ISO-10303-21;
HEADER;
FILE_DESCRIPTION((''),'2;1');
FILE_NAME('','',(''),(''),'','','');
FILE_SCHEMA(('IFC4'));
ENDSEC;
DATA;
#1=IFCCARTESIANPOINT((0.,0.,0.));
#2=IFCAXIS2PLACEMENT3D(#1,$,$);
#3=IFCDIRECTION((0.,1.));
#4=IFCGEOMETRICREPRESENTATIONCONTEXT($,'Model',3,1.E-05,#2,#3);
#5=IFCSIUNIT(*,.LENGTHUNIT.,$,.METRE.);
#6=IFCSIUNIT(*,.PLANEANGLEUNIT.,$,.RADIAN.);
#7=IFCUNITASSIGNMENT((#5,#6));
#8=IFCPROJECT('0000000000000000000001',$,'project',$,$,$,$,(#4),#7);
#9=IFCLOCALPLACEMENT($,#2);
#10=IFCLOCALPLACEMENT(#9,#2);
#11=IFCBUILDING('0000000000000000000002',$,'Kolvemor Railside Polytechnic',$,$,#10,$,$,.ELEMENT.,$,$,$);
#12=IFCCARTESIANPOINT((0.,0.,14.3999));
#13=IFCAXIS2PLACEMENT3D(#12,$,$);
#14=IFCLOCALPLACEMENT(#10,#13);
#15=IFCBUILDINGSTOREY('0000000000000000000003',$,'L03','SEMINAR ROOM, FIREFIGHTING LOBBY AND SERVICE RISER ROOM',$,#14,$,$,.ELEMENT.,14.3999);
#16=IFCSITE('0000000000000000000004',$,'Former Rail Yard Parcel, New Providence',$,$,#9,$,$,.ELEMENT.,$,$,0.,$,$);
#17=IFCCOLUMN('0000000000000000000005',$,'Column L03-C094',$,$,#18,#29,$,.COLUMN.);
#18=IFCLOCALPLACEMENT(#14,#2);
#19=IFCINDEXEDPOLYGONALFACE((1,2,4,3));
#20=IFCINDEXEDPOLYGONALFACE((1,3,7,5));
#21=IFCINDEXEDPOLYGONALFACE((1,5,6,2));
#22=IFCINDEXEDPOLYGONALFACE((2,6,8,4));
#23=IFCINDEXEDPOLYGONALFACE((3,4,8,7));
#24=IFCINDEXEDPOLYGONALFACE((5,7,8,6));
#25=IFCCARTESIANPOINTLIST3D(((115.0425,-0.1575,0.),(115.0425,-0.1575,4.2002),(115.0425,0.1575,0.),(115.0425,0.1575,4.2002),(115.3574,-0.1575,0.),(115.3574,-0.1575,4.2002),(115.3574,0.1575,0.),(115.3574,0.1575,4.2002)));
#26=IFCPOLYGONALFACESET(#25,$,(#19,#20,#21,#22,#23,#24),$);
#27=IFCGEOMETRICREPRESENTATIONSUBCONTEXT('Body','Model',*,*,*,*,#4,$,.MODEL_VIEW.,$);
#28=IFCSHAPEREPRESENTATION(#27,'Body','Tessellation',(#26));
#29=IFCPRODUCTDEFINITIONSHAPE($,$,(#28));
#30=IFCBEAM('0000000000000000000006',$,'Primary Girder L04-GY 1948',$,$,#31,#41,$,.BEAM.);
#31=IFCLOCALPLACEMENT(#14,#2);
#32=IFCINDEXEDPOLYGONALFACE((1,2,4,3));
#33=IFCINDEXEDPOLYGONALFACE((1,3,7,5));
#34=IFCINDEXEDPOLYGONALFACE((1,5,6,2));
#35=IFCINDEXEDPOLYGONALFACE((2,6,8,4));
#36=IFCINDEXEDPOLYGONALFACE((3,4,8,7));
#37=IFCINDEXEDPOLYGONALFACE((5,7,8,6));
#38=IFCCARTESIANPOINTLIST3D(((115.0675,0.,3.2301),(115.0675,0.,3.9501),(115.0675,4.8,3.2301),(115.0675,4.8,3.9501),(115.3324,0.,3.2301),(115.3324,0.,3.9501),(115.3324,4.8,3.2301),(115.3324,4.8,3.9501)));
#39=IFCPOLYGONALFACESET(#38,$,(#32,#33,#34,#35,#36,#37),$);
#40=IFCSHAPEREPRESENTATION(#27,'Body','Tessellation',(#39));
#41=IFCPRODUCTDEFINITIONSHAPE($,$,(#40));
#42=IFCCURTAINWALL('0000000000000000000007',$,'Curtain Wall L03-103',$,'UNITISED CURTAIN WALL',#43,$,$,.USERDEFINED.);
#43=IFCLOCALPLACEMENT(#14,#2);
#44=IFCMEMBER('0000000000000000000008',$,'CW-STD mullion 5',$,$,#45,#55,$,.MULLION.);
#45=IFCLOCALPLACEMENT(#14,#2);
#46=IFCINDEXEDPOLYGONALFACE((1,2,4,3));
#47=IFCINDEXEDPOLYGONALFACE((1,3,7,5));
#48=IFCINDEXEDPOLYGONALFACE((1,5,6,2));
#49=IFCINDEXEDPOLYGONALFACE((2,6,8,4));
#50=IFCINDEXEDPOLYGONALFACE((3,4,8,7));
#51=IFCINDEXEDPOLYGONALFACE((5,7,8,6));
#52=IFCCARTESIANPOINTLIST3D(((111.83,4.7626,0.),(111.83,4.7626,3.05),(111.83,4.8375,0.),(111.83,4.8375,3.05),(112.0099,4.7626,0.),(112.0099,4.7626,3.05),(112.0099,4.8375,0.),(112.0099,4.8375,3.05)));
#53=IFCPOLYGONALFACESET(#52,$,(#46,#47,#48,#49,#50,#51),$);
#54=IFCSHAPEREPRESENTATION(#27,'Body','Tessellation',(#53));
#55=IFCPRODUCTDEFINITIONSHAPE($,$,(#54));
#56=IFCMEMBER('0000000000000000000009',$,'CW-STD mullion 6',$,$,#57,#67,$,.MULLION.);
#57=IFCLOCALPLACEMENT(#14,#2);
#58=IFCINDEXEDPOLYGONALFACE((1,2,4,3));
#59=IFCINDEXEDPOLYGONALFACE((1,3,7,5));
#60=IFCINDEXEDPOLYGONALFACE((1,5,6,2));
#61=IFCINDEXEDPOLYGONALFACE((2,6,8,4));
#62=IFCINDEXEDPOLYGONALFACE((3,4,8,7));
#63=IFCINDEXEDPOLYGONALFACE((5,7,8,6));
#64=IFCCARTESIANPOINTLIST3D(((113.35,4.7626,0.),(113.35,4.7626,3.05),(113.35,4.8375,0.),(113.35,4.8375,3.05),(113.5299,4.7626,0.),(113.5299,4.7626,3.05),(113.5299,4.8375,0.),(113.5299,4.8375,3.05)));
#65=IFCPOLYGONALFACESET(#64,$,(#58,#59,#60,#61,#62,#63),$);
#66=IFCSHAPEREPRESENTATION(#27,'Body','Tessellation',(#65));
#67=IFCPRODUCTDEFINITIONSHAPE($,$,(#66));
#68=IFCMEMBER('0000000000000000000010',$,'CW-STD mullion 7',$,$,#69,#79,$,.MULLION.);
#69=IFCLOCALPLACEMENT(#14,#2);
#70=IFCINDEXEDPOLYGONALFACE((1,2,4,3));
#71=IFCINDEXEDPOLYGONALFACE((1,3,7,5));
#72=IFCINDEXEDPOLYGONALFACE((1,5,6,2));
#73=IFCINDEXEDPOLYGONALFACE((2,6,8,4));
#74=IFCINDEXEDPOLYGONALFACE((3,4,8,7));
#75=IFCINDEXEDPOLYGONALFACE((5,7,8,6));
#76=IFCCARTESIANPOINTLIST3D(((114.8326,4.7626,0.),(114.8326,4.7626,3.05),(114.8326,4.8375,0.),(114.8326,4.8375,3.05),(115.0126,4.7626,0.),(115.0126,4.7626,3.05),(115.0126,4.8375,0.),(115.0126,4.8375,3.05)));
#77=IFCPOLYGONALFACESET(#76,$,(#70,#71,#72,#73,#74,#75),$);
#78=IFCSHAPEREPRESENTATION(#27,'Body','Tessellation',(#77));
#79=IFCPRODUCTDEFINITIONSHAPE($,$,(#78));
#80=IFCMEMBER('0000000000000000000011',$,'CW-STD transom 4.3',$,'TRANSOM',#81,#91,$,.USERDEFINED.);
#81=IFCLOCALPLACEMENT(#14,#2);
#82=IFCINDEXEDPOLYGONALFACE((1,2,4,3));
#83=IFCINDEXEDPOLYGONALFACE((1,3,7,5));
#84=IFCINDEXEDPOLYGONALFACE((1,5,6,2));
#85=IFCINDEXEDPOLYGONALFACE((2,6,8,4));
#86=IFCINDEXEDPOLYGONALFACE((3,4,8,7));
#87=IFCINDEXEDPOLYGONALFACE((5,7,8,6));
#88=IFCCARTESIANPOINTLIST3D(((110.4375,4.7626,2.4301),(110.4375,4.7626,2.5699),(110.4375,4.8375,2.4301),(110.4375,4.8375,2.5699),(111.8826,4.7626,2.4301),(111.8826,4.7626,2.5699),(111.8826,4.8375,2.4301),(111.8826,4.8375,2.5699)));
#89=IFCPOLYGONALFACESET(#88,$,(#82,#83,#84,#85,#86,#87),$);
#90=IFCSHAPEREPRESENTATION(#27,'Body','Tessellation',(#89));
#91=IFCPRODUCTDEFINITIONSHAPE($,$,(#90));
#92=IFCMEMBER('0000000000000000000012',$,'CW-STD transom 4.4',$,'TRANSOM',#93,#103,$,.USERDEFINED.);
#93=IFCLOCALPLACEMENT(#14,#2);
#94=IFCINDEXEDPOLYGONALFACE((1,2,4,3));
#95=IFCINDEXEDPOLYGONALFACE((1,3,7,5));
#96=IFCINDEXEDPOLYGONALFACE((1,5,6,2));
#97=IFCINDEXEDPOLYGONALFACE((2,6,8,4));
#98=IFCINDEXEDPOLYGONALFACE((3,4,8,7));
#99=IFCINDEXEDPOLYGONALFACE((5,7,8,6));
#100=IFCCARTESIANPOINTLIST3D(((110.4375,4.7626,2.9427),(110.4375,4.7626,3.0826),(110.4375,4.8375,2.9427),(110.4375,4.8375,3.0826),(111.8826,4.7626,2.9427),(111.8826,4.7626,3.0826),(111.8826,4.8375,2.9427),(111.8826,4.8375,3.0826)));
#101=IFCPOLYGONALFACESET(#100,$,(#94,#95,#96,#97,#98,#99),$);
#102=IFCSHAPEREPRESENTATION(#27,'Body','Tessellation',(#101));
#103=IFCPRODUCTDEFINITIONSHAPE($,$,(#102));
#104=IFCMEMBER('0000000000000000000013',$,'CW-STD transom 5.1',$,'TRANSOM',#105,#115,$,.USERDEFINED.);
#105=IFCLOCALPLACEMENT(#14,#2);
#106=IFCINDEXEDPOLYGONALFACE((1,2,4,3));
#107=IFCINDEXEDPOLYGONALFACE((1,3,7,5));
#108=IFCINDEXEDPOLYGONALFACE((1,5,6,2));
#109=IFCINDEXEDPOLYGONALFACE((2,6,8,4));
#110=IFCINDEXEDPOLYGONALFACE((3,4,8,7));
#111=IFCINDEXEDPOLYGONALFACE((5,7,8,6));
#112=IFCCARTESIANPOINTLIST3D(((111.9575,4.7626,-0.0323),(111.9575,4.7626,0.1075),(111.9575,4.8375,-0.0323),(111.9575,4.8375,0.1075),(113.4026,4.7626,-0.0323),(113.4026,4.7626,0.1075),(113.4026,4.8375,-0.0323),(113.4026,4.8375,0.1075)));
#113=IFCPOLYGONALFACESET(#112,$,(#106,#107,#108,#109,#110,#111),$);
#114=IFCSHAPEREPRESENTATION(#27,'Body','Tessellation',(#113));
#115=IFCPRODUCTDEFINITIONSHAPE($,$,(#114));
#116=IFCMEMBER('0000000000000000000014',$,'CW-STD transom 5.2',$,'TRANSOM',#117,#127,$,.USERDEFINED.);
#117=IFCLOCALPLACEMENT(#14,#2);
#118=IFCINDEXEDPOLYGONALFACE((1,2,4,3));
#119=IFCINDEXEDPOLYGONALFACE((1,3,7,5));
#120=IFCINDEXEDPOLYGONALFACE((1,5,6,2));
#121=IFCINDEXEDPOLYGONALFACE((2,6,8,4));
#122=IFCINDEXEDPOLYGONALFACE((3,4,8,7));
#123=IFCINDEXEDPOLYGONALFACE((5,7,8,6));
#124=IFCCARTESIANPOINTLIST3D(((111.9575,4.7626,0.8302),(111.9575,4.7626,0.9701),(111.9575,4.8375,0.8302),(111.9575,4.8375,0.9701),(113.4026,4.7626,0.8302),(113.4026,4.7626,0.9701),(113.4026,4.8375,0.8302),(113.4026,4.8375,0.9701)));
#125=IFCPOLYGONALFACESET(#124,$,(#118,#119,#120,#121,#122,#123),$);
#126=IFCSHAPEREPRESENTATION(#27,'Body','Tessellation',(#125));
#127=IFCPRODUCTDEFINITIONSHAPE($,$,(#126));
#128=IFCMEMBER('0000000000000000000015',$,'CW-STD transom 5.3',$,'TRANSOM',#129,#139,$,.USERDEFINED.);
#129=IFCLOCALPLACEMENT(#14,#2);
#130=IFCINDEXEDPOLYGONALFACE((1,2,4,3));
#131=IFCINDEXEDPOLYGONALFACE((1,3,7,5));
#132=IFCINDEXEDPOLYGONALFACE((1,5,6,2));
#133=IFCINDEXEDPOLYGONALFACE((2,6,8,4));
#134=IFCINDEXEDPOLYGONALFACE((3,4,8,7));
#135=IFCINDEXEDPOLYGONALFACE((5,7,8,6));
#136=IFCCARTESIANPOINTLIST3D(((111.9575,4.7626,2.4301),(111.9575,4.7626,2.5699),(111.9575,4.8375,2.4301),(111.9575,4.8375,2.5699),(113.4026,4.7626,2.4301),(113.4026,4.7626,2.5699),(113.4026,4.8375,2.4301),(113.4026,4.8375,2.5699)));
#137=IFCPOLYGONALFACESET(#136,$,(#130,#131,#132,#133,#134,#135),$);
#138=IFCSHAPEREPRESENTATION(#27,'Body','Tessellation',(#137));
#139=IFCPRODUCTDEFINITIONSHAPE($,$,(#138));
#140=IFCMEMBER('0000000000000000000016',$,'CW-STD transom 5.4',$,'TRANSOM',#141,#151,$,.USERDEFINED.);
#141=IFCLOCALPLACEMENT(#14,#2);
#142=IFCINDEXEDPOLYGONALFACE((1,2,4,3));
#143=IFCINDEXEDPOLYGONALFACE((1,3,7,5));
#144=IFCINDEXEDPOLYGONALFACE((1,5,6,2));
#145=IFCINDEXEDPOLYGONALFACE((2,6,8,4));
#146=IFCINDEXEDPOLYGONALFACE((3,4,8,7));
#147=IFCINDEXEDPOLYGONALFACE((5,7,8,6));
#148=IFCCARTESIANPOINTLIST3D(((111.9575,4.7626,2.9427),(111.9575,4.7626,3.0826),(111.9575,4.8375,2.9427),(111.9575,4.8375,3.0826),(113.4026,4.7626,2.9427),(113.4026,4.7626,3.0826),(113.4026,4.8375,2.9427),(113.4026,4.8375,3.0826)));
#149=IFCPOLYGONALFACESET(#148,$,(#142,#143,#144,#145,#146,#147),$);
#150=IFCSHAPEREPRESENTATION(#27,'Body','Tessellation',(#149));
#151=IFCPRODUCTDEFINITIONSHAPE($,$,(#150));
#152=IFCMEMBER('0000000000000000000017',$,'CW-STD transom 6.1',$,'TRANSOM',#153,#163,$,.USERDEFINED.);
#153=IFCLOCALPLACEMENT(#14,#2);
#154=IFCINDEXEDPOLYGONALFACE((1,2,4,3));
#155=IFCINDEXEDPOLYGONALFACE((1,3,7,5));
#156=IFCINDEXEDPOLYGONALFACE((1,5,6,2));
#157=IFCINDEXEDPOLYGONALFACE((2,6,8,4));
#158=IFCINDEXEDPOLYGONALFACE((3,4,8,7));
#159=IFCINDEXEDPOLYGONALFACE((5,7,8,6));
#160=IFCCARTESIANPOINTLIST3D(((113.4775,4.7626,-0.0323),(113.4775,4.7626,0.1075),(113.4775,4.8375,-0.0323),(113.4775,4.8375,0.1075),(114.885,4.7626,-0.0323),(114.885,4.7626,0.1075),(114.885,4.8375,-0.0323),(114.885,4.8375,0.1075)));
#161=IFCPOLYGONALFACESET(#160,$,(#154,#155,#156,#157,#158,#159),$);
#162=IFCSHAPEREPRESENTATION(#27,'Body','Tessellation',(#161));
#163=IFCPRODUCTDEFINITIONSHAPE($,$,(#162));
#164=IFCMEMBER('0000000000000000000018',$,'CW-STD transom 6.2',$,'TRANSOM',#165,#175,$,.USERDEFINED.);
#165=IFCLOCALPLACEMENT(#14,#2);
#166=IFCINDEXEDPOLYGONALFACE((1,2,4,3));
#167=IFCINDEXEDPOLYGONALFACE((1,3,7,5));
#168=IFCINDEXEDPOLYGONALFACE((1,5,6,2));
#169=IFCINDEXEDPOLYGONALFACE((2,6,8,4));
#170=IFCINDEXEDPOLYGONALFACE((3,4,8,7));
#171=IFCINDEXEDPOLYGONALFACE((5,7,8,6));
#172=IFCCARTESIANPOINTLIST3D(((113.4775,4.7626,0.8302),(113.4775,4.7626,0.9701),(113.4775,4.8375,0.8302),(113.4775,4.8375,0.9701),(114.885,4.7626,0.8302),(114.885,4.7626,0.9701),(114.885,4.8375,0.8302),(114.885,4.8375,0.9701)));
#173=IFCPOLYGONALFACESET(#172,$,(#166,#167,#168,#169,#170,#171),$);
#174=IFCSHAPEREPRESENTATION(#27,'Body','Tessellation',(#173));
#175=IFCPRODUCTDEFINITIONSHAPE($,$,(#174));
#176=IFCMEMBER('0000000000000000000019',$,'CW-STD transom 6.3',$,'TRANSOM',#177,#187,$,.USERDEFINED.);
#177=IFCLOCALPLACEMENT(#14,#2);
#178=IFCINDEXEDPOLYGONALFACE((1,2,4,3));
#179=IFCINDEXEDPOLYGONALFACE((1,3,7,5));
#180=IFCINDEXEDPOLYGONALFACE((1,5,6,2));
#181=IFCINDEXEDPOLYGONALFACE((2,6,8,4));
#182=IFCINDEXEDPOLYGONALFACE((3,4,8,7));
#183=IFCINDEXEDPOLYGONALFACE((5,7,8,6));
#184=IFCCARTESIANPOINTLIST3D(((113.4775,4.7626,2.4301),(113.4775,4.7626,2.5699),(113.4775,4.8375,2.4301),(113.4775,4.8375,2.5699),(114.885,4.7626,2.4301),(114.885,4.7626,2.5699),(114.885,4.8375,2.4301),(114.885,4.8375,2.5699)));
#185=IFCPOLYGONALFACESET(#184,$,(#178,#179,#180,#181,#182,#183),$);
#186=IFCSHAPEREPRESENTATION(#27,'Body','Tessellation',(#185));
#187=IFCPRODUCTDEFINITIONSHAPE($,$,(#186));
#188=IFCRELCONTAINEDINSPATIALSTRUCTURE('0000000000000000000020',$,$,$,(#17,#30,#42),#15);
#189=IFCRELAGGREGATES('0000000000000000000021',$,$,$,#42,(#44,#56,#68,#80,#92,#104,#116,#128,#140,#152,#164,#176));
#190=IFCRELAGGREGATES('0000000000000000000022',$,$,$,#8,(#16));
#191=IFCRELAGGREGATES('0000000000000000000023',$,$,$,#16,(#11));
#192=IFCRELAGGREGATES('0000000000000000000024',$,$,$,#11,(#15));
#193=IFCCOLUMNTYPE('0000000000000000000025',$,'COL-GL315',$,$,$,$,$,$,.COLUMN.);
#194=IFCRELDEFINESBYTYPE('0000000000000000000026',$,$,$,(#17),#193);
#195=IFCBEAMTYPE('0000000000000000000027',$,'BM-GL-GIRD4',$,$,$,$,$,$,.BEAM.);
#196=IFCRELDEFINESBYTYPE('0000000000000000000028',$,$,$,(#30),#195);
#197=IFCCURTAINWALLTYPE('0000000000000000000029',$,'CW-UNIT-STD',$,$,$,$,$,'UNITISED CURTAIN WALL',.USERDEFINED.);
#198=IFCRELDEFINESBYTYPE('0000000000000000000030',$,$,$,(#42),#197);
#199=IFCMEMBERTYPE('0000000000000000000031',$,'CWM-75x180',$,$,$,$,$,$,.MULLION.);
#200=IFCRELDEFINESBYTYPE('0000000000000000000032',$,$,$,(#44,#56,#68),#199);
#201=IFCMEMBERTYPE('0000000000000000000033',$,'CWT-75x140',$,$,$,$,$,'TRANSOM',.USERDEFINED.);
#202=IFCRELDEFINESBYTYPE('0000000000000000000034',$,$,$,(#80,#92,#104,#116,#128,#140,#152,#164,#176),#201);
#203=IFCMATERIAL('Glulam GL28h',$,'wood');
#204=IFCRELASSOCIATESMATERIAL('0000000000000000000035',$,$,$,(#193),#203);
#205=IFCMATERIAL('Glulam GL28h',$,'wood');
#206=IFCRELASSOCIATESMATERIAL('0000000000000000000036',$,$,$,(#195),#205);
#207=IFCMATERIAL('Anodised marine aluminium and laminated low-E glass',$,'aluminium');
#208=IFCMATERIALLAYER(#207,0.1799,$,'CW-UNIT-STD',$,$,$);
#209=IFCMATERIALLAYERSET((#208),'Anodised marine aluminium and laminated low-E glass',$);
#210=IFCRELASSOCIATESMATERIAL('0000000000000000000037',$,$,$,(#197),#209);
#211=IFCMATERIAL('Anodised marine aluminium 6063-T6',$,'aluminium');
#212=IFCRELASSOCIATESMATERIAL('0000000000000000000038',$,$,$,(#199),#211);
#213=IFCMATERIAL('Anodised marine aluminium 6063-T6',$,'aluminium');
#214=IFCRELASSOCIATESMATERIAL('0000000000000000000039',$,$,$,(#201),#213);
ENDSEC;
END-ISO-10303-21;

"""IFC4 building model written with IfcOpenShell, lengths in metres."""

from ifc_helpers import new_model, si_unit, direction, frame, origin, origin_2d, place, context, subcontext, project, spatial, rectangle, extrude, material, layer, layer_set, material_profile, profile_set, type_object, element, aggregate, save


model = new_model("IFC4")

# Units and contexts
model_context = context("Model", 3, precision=1e-05, world=origin(), true_north=direction((0.0, 1.0)))
body_context = subcontext(model_context, "Body", "Model", "MODEL_VIEW")
ifc_project = project(units=[si_unit("LENGTHUNIT", "METRE"), si_unit("PLANEANGLEUNIT", "RADIAN")], contexts=[model_context])

# Site, building, storey
site_placement = place(None, origin())
site = spatial("IfcSite", under=ifc_project, at=site_placement, Name="Former Rail Yard Parcel, New Providence", CompositionType="ELEMENT", RefElevation=0.0)
building_placement = place(site_placement, origin())
building = spatial("IfcBuilding", under=site, at=building_placement, Name="Kolvemor Railside Polytechnic", CompositionType="ELEMENT")
storey_placement = place(building_placement, frame((0.0, 0.0, 14.3999)))
storey = spatial("IfcBuildingStorey", under=building, at=storey_placement, Name="L03", Description="SEMINAR ROOM, FIREFIGHTING LOBBY AND SERVICE RISER ROOM", CompositionType="ELEMENT", Elevation=14.3999)

# Column
ifc_material_1 = material(Name="Glulam GL28h", Category="wood")
ifc_material_profile_1 = material_profile(ifc_material_1, rectangle(XDim=0.3149, YDim=0.3149, at=origin_2d()), Name="GL315x315")
ifc_profile_set_1 = profile_set([ifc_material_profile_1], Name="Glulam GL28h")
column_type = type_object("IfcColumnType", Name="COL-GL315", PredefinedType="COLUMN", material=ifc_profile_set_1)
column_placement = place(storey_placement, frame((115.2, 0.0, 0.0), z_axis=(0.0, 0.0, 1.0), x_axis=(1.0, 0.0, 0.0)))
element("IfcColumn", 1, at=column_placement, inside=storey, type_object=column_type, Name="Column L03-C094", PredefinedType="COLUMN", context=body_context, shape_type="SweptSolid", body=[
    extrude(rectangle(XDim=0.3149, YDim=0.3149, at=origin_2d()), origin(), (0.0, 0.0, 1.0), 4.2002),
])

# Beam
ifc_material_2 = material(Name="Glulam GL28h", Category="wood")
ifc_material_profile_2 = material_profile(ifc_material_2, rectangle(XDim=0.2649, YDim=0.72, at=origin_2d()), Name="GL265x720")
ifc_profile_set_2 = profile_set([ifc_material_profile_2], Name="Glulam GL28h")
beam_type = type_object("IfcBeamType", Name="BM-GL-GIRD4", PredefinedType="BEAM", material=ifc_profile_set_2)
beam_placement = place(storey_placement, frame((115.2, 0.0, 3.5901), z_axis=(0.0, 1.0, 0.0), x_axis=(-1.0, 0.0, 0.0)))
element("IfcBeam", 2, at=beam_placement, inside=storey, type_object=beam_type, Name="Primary Girder L04-GY 1948", PredefinedType="BEAM", context=body_context, shape_type="SweptSolid", body=[
    extrude(rectangle(XDim=0.2649, YDim=0.72, at=origin_2d()), origin(), (0.0, 0.0, 1.0), 4.8),
])

# Curtain wall, members
ifc_material_3 = material(Name="Anodised marine aluminium and laminated low-E glass", Category="aluminium")
ifc_layer_1 = layer(ifc_material_3, 0.1799, Name="CW-UNIT-STD")
ifc_layer_set_1 = layer_set([ifc_layer_1], Name="Anodised marine aluminium and laminated low-E glass")
curtain_wall_type = type_object("IfcCurtainWallType", Name="CW-UNIT-STD", ElementType="UNITISED CURTAIN WALL", PredefinedType="USERDEFINED", material=ifc_layer_set_1)
curtain_wall_placement = place(storey_placement, origin())
curtain_wall = element("IfcCurtainWall", 3, at=curtain_wall_placement, inside=storey, type_object=curtain_wall_type, Name="Curtain Wall L03-103", ObjectType="UNITISED CURTAIN WALL", PredefinedType="USERDEFINED")
ifc_material_4 = material(Name="Anodised marine aluminium 6063-T6", Category="aluminium")
ifc_material_profile_3 = material_profile(ifc_material_4, rectangle(XDim=0.075, YDim=0.1799, at=origin_2d()), Name="CW-MUL-75x180")
ifc_profile_set_3 = profile_set([ifc_material_profile_3], Name="Anodised marine aluminium 6063-T6")
member_type_1 = type_object("IfcMemberType", Name="CWM-75x180", PredefinedType="MULLION", material=ifc_profile_set_3)
member_1_placement = place(storey_placement, frame((111.9199, 4.8, 0.0), z_axis=(0.0, 0.0, 1.0), x_axis=(0.0, 1.0, 0.0)))
member_1 = element("IfcMember", 4, at=member_1_placement, type_object=member_type_1, Name="CW-STD mullion 5", PredefinedType="MULLION", context=body_context, shape_type="SweptSolid", body=[
    extrude(rectangle(XDim=0.075, YDim=0.1799, at=origin_2d()), origin(), (0.0, 0.0, 1.0), 3.05),
])
member_2_placement = place(storey_placement, frame((113.4399, 4.8, 0.0), z_axis=(0.0, 0.0, 1.0), x_axis=(0.0, 1.0, 0.0)))
member_2 = element("IfcMember", 5, at=member_2_placement, type_object=member_type_1, Name="CW-STD mullion 6", PredefinedType="MULLION", context=body_context, shape_type="SweptSolid", body=[
    extrude(rectangle(XDim=0.075, YDim=0.1799, at=origin_2d()), origin(), (0.0, 0.0, 1.0), 3.05),
])
member_3_placement = place(storey_placement, frame((114.9226, 4.8, 0.0), z_axis=(0.0, 0.0, 1.0), x_axis=(0.0, 1.0, 0.0)))
member_3 = element("IfcMember", 6, at=member_3_placement, type_object=member_type_1, Name="CW-STD mullion 7", PredefinedType="MULLION", context=body_context, shape_type="SweptSolid", body=[
    extrude(rectangle(XDim=0.075, YDim=0.1799, at=origin_2d()), origin(), (0.0, 0.0, 1.0), 3.05),
])
ifc_material_5 = material(Name="Anodised marine aluminium 6063-T6", Category="aluminium")
ifc_material_profile_4 = material_profile(ifc_material_5, rectangle(XDim=0.075, YDim=0.1399, at=origin_2d()), Name="CW-TRN-75x140")
ifc_profile_set_4 = profile_set([ifc_material_profile_4], Name="Anodised marine aluminium 6063-T6")
member_type_2 = type_object("IfcMemberType", Name="CWT-75x140", ElementType="TRANSOM", PredefinedType="USERDEFINED", material=ifc_profile_set_4)
member_4_placement = place(storey_placement, frame((110.4375, 4.8, 2.5), z_axis=(1.0, 0.0, 0.0), x_axis=(0.0, 1.0, 0.0)))
member_4 = element("IfcMember", 7, at=member_4_placement, type_object=member_type_2, Name="CW-STD transom 4.3", ObjectType="TRANSOM", PredefinedType="USERDEFINED", context=body_context, shape_type="SweptSolid", body=[
    extrude(rectangle(XDim=0.075, YDim=0.1399, at=origin_2d()), origin(), (0.0, 0.0, 1.0), 1.4451),
])
member_5_placement = place(storey_placement, frame((110.4375, 4.8, 3.0127), z_axis=(1.0, 0.0, 0.0), x_axis=(0.0, 1.0, 0.0)))
member_5 = element("IfcMember", 8, at=member_5_placement, type_object=member_type_2, Name="CW-STD transom 4.4", ObjectType="TRANSOM", PredefinedType="USERDEFINED", context=body_context, shape_type="SweptSolid", body=[
    extrude(rectangle(XDim=0.075, YDim=0.1399, at=origin_2d()), origin(), (0.0, 0.0, 1.0), 1.4451),
])
member_6_placement = place(storey_placement, frame((111.9575, 4.8, 0.0376), z_axis=(1.0, 0.0, 0.0), x_axis=(0.0, 1.0, 0.0)))
member_6 = element("IfcMember", 9, at=member_6_placement, type_object=member_type_2, Name="CW-STD transom 5.1", ObjectType="TRANSOM", PredefinedType="USERDEFINED", context=body_context, shape_type="SweptSolid", body=[
    extrude(rectangle(XDim=0.075, YDim=0.1399, at=origin_2d()), origin(), (0.0, 0.0, 1.0), 1.4451),
])
member_7_placement = place(storey_placement, frame((111.9575, 4.8, 0.9001), z_axis=(1.0, 0.0, 0.0), x_axis=(0.0, 1.0, 0.0)))
member_7 = element("IfcMember", 10, at=member_7_placement, type_object=member_type_2, Name="CW-STD transom 5.2", ObjectType="TRANSOM", PredefinedType="USERDEFINED", context=body_context, shape_type="SweptSolid", body=[
    extrude(rectangle(XDim=0.075, YDim=0.1399, at=origin_2d()), origin(), (0.0, 0.0, 1.0), 1.4451),
])
member_8_placement = place(storey_placement, frame((111.9575, 4.8, 2.5), z_axis=(1.0, 0.0, 0.0), x_axis=(0.0, 1.0, 0.0)))
member_8 = element("IfcMember", 11, at=member_8_placement, type_object=member_type_2, Name="CW-STD transom 5.3", ObjectType="TRANSOM", PredefinedType="USERDEFINED", context=body_context, shape_type="SweptSolid", body=[
    extrude(rectangle(XDim=0.075, YDim=0.1399, at=origin_2d()), origin(), (0.0, 0.0, 1.0), 1.4451),
])
member_9_placement = place(storey_placement, frame((111.9575, 4.8, 3.0127), z_axis=(1.0, 0.0, 0.0), x_axis=(0.0, 1.0, 0.0)))
member_9 = element("IfcMember", 12, at=member_9_placement, type_object=member_type_2, Name="CW-STD transom 5.4", ObjectType="TRANSOM", PredefinedType="USERDEFINED", context=body_context, shape_type="SweptSolid", body=[
    extrude(rectangle(XDim=0.075, YDim=0.1399, at=origin_2d()), origin(), (0.0, 0.0, 1.0), 1.4451),
])
member_10_placement = place(storey_placement, frame((113.4775, 4.8, 0.0376), z_axis=(1.0, 0.0, 0.0), x_axis=(0.0, 1.0, 0.0)))
member_10 = element("IfcMember", 13, at=member_10_placement, type_object=member_type_2, Name="CW-STD transom 6.1", ObjectType="TRANSOM", PredefinedType="USERDEFINED", context=body_context, shape_type="SweptSolid", body=[
    extrude(rectangle(XDim=0.075, YDim=0.1399, at=origin_2d()), origin(), (0.0, 0.0, 1.0), 1.4075),
])
member_11_placement = place(storey_placement, frame((113.4775, 4.8, 0.9001), z_axis=(1.0, 0.0, 0.0), x_axis=(0.0, 1.0, 0.0)))
member_11 = element("IfcMember", 14, at=member_11_placement, type_object=member_type_2, Name="CW-STD transom 6.2", ObjectType="TRANSOM", PredefinedType="USERDEFINED", context=body_context, shape_type="SweptSolid", body=[
    extrude(rectangle(XDim=0.075, YDim=0.1399, at=origin_2d()), origin(), (0.0, 0.0, 1.0), 1.4075),
])
member_12_placement = place(storey_placement, frame((113.4775, 4.8, 2.5), z_axis=(1.0, 0.0, 0.0), x_axis=(0.0, 1.0, 0.0)))
member_12 = element("IfcMember", 15, at=member_12_placement, type_object=member_type_2, Name="CW-STD transom 6.3", ObjectType="TRANSOM", PredefinedType="USERDEFINED", context=body_context, shape_type="SweptSolid", body=[
    extrude(rectangle(XDim=0.075, YDim=0.1399, at=origin_2d()), origin(), (0.0, 0.0, 1.0), 1.4075),
])
aggregate(curtain_wall, [member_1, member_2, member_3, member_4, member_5, member_6, member_7, member_8, member_9, member_10, member_11, member_12])

save(model, "model.ifc")
